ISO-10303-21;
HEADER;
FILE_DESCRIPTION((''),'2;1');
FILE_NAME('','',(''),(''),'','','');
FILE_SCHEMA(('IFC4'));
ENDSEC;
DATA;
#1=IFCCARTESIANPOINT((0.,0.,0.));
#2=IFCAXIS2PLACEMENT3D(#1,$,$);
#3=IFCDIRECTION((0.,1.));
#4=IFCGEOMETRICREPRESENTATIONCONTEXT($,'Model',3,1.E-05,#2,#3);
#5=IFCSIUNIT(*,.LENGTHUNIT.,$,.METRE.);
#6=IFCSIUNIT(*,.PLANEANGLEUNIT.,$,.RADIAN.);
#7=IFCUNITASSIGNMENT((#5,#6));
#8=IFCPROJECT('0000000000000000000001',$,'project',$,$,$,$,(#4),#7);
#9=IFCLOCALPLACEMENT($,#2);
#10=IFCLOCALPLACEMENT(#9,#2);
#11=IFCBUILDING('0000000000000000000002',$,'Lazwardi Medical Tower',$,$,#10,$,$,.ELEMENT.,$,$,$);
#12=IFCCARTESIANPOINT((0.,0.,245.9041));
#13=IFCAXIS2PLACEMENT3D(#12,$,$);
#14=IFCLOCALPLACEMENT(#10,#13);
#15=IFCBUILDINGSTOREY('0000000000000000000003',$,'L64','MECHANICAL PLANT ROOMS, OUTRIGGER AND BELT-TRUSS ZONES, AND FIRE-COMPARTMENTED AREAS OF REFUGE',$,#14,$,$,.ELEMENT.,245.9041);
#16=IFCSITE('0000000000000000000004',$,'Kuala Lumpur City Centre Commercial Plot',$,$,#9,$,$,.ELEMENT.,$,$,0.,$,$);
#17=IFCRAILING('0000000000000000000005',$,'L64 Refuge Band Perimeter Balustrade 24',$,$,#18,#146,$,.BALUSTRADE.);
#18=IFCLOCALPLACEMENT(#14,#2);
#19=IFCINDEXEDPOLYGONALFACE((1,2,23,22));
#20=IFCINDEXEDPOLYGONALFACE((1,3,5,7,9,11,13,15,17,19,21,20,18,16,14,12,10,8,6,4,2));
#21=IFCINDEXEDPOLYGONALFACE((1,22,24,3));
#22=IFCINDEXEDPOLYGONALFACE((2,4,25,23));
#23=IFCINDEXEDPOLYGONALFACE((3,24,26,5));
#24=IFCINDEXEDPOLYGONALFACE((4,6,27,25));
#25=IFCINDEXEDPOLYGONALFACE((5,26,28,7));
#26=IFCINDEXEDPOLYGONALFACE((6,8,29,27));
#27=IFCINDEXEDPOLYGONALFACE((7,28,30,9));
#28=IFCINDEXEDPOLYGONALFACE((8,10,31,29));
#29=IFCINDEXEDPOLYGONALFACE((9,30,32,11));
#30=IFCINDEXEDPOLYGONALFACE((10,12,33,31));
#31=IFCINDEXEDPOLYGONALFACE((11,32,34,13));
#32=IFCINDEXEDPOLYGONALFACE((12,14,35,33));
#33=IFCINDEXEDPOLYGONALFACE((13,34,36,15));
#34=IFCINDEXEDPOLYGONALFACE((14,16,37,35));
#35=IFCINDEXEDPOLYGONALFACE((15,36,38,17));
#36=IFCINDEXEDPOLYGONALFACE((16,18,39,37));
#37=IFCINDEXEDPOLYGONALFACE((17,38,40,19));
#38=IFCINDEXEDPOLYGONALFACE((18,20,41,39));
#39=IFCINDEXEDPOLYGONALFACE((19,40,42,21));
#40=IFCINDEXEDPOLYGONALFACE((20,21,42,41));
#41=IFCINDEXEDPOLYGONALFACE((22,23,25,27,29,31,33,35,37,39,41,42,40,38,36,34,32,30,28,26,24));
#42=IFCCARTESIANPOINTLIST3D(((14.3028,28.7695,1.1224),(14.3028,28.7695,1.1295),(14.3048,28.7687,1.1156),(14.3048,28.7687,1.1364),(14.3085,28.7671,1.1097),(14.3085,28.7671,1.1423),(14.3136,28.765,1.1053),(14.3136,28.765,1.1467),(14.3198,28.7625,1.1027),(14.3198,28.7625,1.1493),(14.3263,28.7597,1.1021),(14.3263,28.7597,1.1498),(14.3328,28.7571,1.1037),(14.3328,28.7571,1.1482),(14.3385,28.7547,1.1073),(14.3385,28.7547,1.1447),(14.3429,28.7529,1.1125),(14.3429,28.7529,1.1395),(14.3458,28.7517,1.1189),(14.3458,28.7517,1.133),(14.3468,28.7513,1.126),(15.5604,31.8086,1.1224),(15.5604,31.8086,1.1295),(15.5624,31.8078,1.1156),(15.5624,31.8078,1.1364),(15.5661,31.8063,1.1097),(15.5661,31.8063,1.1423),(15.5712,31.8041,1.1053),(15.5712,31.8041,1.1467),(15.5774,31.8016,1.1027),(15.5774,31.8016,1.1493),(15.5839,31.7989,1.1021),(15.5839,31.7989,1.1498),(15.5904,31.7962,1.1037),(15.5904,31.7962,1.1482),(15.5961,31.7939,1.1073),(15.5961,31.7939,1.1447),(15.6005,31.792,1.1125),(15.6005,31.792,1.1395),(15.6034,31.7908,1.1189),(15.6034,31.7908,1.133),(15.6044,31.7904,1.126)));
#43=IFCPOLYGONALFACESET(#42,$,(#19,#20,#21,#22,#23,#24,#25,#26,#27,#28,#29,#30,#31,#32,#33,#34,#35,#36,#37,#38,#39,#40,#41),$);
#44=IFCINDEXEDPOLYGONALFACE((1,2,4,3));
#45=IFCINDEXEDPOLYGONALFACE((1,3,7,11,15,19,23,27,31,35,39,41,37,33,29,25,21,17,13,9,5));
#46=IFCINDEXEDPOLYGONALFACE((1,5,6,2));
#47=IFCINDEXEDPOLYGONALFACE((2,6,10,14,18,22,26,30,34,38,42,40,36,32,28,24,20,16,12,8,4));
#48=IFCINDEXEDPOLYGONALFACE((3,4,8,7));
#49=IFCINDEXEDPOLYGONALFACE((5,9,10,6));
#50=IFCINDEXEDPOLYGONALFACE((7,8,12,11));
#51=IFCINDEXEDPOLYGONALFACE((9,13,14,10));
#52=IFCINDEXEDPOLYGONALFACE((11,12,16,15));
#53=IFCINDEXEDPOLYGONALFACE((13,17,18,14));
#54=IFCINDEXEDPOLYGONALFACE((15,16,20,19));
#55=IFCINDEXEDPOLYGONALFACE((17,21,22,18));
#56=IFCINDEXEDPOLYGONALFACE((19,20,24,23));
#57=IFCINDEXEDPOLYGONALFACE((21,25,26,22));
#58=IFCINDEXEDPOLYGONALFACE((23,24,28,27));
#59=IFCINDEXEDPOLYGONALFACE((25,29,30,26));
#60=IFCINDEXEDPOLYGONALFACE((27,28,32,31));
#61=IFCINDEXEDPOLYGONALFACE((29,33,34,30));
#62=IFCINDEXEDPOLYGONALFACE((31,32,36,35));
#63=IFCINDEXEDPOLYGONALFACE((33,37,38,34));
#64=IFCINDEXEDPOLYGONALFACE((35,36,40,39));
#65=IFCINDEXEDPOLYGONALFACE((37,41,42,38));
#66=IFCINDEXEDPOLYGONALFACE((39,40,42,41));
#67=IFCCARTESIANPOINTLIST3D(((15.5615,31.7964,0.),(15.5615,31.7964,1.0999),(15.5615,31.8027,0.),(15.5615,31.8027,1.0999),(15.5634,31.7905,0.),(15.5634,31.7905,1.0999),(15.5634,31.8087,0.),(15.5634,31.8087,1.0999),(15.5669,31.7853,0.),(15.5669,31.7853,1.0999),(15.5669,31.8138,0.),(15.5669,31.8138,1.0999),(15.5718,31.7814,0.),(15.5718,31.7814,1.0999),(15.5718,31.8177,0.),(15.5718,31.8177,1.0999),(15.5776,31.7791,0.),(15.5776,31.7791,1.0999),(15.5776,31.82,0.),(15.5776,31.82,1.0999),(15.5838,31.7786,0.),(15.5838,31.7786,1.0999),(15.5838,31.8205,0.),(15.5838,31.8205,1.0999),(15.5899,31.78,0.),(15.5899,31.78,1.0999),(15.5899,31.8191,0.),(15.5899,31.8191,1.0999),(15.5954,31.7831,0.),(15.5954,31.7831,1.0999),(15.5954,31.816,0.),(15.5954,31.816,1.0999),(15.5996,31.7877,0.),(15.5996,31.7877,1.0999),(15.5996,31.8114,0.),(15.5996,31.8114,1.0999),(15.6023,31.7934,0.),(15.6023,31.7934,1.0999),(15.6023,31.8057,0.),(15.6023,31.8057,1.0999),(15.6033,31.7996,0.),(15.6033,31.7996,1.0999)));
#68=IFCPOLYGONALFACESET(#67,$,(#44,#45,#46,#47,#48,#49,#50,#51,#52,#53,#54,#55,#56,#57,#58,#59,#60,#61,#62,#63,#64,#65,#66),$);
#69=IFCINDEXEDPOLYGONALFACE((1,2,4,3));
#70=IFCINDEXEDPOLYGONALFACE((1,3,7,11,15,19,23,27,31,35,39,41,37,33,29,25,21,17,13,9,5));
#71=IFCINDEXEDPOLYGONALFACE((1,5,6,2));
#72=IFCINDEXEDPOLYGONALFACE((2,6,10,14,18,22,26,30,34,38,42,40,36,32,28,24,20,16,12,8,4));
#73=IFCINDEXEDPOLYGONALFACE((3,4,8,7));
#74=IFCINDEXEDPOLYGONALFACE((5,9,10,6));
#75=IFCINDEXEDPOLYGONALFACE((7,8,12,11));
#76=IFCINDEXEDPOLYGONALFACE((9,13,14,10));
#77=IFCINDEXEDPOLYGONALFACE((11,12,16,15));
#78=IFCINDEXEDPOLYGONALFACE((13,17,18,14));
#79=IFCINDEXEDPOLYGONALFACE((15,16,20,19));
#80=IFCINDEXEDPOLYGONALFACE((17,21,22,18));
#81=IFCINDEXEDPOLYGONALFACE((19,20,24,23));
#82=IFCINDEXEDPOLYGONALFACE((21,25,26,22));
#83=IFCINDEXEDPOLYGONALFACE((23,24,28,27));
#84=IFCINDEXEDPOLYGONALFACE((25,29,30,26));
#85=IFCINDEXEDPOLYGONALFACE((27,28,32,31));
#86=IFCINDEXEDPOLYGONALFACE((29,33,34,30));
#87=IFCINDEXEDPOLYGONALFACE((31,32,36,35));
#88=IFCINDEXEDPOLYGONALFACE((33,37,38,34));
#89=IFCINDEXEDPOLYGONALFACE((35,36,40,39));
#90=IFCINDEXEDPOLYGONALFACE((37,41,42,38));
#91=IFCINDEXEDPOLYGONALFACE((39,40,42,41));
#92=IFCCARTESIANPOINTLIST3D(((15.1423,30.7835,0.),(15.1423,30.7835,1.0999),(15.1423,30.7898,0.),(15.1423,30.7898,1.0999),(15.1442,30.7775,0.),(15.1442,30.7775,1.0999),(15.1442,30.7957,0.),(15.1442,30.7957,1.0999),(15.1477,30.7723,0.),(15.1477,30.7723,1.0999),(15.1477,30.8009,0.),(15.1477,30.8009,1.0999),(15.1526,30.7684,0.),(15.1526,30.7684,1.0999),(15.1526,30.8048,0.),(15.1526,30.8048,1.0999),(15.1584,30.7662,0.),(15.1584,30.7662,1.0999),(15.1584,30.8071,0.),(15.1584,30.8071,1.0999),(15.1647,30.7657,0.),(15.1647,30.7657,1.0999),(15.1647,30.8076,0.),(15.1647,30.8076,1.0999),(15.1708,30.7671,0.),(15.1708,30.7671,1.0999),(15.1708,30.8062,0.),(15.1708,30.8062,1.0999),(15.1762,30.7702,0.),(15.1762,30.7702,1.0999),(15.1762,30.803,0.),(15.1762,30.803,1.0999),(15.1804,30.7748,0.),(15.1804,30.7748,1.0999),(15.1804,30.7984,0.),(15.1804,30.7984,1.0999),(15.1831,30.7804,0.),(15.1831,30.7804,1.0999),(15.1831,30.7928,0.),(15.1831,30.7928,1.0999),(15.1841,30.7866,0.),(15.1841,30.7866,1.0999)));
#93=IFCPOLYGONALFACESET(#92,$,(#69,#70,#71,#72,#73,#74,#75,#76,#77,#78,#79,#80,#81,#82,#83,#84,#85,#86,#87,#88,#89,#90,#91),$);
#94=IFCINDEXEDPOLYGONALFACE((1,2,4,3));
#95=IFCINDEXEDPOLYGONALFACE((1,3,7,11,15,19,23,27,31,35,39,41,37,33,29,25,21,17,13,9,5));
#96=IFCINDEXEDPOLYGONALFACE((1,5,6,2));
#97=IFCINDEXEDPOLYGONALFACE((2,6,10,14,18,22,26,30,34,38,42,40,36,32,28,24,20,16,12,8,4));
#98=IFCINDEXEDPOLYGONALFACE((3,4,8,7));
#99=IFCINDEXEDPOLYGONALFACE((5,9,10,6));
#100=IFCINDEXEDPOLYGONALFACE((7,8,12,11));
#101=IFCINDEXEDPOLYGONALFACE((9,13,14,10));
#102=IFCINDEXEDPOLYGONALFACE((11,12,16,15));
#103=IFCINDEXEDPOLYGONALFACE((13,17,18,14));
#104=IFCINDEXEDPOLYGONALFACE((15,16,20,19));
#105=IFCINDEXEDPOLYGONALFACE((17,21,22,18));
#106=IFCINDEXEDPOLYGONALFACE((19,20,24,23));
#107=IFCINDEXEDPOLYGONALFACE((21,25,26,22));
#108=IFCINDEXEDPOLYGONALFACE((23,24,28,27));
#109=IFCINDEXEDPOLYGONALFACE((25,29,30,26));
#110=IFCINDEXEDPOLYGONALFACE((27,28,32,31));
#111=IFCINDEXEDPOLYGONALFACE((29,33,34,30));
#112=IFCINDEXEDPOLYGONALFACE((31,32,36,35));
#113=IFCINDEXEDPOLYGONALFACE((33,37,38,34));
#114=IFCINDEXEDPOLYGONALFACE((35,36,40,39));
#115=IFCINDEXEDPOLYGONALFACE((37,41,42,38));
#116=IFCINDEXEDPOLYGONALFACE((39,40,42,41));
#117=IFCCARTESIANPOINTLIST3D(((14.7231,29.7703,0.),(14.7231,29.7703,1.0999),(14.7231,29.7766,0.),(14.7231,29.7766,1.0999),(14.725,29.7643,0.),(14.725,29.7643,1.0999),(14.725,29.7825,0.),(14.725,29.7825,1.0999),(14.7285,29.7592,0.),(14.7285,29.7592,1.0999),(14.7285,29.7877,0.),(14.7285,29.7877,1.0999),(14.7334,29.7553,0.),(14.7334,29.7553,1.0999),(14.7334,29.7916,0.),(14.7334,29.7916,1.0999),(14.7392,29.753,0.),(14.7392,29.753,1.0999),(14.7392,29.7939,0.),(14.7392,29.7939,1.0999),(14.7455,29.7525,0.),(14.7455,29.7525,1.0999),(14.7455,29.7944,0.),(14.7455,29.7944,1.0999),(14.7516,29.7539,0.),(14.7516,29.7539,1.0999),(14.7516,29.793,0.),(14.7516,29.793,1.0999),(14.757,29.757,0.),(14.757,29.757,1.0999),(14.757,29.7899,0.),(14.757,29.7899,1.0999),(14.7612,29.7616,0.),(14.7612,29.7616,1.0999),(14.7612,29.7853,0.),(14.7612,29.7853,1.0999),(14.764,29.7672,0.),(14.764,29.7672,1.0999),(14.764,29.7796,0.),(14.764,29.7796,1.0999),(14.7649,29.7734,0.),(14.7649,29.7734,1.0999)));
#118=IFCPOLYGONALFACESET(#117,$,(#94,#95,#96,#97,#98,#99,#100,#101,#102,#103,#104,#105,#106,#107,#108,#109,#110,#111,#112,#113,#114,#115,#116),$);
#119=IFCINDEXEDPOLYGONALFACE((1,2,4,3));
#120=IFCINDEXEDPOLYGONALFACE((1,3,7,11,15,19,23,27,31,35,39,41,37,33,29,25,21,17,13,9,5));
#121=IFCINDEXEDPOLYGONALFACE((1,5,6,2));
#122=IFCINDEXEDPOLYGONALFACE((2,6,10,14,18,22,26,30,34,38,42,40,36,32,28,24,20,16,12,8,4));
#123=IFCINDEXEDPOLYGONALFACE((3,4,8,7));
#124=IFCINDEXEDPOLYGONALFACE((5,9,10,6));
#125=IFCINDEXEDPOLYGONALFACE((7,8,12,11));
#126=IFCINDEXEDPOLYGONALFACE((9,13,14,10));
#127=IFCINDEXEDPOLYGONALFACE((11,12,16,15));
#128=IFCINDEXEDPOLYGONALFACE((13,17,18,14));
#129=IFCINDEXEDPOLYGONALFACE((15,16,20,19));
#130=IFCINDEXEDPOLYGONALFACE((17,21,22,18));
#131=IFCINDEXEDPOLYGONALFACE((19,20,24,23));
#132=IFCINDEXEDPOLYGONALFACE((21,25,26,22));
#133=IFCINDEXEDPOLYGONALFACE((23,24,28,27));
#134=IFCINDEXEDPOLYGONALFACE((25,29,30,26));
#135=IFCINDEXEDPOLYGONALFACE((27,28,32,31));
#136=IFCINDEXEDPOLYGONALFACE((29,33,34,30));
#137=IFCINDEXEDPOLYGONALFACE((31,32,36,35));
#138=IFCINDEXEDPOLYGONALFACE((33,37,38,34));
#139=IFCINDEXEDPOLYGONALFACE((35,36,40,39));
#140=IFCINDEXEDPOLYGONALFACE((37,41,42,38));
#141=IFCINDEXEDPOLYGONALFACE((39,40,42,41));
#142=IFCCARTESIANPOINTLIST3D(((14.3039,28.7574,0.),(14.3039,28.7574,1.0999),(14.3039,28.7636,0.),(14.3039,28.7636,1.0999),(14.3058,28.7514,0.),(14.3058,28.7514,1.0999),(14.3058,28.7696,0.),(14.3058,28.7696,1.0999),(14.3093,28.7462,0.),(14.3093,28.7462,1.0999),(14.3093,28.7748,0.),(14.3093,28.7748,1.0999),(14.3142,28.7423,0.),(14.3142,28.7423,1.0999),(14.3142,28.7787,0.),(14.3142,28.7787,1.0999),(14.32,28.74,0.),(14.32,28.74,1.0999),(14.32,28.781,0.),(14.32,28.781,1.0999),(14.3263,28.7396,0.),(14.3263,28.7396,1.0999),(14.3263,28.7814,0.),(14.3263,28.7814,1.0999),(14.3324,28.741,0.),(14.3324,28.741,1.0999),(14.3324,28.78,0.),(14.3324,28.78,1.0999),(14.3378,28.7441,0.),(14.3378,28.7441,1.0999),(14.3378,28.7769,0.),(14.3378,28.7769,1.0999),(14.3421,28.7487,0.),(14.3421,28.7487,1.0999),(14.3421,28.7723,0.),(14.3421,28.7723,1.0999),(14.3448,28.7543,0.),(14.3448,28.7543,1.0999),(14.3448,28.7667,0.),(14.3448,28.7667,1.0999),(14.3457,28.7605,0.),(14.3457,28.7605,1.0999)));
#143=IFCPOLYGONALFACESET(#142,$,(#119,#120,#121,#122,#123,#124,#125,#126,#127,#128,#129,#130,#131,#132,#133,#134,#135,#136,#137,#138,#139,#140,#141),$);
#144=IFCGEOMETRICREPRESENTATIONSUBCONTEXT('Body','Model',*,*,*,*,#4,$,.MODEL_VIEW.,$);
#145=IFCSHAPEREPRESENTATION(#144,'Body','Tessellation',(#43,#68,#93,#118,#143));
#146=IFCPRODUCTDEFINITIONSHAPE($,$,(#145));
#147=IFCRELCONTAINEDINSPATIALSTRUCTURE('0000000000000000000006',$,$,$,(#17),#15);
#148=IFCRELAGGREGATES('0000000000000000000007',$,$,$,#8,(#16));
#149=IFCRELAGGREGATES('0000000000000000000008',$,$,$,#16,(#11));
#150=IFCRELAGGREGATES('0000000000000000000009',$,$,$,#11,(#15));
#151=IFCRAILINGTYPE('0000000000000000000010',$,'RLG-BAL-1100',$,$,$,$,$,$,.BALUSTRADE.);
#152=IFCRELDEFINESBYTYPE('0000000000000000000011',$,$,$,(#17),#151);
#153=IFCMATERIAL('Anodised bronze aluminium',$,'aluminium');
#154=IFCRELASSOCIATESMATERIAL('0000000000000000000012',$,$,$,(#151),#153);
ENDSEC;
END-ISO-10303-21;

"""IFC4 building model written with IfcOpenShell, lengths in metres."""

from ifc_helpers import new_model, si_unit, direction, frame, origin, origin_2d, place, context, subcontext, project, spatial, circle, extrude, material, type_object, element, save


model = new_model("IFC4")

# Units and contexts
model_context = context("Model", 3, precision=1e-05, world=origin(), true_north=direction((0.0, 1.0)))
body_context = subcontext(model_context, "Body", "Model", "MODEL_VIEW")
ifc_project = project(units=[si_unit("LENGTHUNIT", "METRE"), si_unit("PLANEANGLEUNIT", "RADIAN")], contexts=[model_context])

# Site, building, storey
site_placement = place(None, origin())
site = spatial("IfcSite", under=ifc_project, at=site_placement, Name="Kuala Lumpur City Centre Commercial Plot", CompositionType="ELEMENT", RefElevation=0.0)
building_placement = place(site_placement, origin())
building = spatial("IfcBuilding", under=site, at=building_placement, Name="Lazwardi Medical Tower", CompositionType="ELEMENT")
storey_placement = place(building_placement, frame((0.0, 0.0, 245.9041)))
storey = spatial("IfcBuildingStorey", under=building, at=storey_placement, Name="L64", Description="MECHANICAL PLANT ROOMS, OUTRIGGER AND BELT-TRUSS ZONES, AND FIRE-COMPARTMENTED AREAS OF REFUGE", CompositionType="ELEMENT", Elevation=245.9041)

# Railing
ifc_material_1 = material(Name="Anodised bronze aluminium", Category="aluminium")
railing_type = type_object("IfcRailingType", Name="RLG-BAL-1100", PredefinedType="BALUSTRADE", material=ifc_material_1)
railing_1_placement = place(storey_placement, frame((15.5823, 31.7996, 0.0)))
element("IfcRailing", 1, at=railing_1_placement, inside=storey, type_object=railing_type, Name="L64 Refuge Band Perimeter Balustrade 24", PredefinedType="BALUSTRADE", context=body_context, shape_type="SweptSolid", body=[
    extrude(circle(Radius=0.0239, at=origin_2d()), frame((0.0, 0.0, 1.126), z_axis=(-0.382358, -0.924014, 0.0), x_axis=(0.924014, -0.382358, 0.0)), (0.0, 0.0, 1.0), 3.2891),
    extrude(circle(Radius=0.021, at=origin_2d()), origin(), (0.0, 0.0, 1.0), 1.0999),
    extrude(circle(Radius=0.021, at=origin_2d()), frame((-0.4192, -1.0129, 0.0)), (0.0, 0.0, 1.0), 1.0999),
    extrude(circle(Radius=0.021, at=origin_2d()), frame((-0.8384, -2.0261, 0.0)), (0.0, 0.0, 1.0), 1.0999),
    extrude(circle(Radius=0.021, at=origin_2d()), frame((-1.2576, -3.0391, 0.0)), (0.0, 0.0, 1.0), 1.0999),
])

save(model, "model.ifc")
